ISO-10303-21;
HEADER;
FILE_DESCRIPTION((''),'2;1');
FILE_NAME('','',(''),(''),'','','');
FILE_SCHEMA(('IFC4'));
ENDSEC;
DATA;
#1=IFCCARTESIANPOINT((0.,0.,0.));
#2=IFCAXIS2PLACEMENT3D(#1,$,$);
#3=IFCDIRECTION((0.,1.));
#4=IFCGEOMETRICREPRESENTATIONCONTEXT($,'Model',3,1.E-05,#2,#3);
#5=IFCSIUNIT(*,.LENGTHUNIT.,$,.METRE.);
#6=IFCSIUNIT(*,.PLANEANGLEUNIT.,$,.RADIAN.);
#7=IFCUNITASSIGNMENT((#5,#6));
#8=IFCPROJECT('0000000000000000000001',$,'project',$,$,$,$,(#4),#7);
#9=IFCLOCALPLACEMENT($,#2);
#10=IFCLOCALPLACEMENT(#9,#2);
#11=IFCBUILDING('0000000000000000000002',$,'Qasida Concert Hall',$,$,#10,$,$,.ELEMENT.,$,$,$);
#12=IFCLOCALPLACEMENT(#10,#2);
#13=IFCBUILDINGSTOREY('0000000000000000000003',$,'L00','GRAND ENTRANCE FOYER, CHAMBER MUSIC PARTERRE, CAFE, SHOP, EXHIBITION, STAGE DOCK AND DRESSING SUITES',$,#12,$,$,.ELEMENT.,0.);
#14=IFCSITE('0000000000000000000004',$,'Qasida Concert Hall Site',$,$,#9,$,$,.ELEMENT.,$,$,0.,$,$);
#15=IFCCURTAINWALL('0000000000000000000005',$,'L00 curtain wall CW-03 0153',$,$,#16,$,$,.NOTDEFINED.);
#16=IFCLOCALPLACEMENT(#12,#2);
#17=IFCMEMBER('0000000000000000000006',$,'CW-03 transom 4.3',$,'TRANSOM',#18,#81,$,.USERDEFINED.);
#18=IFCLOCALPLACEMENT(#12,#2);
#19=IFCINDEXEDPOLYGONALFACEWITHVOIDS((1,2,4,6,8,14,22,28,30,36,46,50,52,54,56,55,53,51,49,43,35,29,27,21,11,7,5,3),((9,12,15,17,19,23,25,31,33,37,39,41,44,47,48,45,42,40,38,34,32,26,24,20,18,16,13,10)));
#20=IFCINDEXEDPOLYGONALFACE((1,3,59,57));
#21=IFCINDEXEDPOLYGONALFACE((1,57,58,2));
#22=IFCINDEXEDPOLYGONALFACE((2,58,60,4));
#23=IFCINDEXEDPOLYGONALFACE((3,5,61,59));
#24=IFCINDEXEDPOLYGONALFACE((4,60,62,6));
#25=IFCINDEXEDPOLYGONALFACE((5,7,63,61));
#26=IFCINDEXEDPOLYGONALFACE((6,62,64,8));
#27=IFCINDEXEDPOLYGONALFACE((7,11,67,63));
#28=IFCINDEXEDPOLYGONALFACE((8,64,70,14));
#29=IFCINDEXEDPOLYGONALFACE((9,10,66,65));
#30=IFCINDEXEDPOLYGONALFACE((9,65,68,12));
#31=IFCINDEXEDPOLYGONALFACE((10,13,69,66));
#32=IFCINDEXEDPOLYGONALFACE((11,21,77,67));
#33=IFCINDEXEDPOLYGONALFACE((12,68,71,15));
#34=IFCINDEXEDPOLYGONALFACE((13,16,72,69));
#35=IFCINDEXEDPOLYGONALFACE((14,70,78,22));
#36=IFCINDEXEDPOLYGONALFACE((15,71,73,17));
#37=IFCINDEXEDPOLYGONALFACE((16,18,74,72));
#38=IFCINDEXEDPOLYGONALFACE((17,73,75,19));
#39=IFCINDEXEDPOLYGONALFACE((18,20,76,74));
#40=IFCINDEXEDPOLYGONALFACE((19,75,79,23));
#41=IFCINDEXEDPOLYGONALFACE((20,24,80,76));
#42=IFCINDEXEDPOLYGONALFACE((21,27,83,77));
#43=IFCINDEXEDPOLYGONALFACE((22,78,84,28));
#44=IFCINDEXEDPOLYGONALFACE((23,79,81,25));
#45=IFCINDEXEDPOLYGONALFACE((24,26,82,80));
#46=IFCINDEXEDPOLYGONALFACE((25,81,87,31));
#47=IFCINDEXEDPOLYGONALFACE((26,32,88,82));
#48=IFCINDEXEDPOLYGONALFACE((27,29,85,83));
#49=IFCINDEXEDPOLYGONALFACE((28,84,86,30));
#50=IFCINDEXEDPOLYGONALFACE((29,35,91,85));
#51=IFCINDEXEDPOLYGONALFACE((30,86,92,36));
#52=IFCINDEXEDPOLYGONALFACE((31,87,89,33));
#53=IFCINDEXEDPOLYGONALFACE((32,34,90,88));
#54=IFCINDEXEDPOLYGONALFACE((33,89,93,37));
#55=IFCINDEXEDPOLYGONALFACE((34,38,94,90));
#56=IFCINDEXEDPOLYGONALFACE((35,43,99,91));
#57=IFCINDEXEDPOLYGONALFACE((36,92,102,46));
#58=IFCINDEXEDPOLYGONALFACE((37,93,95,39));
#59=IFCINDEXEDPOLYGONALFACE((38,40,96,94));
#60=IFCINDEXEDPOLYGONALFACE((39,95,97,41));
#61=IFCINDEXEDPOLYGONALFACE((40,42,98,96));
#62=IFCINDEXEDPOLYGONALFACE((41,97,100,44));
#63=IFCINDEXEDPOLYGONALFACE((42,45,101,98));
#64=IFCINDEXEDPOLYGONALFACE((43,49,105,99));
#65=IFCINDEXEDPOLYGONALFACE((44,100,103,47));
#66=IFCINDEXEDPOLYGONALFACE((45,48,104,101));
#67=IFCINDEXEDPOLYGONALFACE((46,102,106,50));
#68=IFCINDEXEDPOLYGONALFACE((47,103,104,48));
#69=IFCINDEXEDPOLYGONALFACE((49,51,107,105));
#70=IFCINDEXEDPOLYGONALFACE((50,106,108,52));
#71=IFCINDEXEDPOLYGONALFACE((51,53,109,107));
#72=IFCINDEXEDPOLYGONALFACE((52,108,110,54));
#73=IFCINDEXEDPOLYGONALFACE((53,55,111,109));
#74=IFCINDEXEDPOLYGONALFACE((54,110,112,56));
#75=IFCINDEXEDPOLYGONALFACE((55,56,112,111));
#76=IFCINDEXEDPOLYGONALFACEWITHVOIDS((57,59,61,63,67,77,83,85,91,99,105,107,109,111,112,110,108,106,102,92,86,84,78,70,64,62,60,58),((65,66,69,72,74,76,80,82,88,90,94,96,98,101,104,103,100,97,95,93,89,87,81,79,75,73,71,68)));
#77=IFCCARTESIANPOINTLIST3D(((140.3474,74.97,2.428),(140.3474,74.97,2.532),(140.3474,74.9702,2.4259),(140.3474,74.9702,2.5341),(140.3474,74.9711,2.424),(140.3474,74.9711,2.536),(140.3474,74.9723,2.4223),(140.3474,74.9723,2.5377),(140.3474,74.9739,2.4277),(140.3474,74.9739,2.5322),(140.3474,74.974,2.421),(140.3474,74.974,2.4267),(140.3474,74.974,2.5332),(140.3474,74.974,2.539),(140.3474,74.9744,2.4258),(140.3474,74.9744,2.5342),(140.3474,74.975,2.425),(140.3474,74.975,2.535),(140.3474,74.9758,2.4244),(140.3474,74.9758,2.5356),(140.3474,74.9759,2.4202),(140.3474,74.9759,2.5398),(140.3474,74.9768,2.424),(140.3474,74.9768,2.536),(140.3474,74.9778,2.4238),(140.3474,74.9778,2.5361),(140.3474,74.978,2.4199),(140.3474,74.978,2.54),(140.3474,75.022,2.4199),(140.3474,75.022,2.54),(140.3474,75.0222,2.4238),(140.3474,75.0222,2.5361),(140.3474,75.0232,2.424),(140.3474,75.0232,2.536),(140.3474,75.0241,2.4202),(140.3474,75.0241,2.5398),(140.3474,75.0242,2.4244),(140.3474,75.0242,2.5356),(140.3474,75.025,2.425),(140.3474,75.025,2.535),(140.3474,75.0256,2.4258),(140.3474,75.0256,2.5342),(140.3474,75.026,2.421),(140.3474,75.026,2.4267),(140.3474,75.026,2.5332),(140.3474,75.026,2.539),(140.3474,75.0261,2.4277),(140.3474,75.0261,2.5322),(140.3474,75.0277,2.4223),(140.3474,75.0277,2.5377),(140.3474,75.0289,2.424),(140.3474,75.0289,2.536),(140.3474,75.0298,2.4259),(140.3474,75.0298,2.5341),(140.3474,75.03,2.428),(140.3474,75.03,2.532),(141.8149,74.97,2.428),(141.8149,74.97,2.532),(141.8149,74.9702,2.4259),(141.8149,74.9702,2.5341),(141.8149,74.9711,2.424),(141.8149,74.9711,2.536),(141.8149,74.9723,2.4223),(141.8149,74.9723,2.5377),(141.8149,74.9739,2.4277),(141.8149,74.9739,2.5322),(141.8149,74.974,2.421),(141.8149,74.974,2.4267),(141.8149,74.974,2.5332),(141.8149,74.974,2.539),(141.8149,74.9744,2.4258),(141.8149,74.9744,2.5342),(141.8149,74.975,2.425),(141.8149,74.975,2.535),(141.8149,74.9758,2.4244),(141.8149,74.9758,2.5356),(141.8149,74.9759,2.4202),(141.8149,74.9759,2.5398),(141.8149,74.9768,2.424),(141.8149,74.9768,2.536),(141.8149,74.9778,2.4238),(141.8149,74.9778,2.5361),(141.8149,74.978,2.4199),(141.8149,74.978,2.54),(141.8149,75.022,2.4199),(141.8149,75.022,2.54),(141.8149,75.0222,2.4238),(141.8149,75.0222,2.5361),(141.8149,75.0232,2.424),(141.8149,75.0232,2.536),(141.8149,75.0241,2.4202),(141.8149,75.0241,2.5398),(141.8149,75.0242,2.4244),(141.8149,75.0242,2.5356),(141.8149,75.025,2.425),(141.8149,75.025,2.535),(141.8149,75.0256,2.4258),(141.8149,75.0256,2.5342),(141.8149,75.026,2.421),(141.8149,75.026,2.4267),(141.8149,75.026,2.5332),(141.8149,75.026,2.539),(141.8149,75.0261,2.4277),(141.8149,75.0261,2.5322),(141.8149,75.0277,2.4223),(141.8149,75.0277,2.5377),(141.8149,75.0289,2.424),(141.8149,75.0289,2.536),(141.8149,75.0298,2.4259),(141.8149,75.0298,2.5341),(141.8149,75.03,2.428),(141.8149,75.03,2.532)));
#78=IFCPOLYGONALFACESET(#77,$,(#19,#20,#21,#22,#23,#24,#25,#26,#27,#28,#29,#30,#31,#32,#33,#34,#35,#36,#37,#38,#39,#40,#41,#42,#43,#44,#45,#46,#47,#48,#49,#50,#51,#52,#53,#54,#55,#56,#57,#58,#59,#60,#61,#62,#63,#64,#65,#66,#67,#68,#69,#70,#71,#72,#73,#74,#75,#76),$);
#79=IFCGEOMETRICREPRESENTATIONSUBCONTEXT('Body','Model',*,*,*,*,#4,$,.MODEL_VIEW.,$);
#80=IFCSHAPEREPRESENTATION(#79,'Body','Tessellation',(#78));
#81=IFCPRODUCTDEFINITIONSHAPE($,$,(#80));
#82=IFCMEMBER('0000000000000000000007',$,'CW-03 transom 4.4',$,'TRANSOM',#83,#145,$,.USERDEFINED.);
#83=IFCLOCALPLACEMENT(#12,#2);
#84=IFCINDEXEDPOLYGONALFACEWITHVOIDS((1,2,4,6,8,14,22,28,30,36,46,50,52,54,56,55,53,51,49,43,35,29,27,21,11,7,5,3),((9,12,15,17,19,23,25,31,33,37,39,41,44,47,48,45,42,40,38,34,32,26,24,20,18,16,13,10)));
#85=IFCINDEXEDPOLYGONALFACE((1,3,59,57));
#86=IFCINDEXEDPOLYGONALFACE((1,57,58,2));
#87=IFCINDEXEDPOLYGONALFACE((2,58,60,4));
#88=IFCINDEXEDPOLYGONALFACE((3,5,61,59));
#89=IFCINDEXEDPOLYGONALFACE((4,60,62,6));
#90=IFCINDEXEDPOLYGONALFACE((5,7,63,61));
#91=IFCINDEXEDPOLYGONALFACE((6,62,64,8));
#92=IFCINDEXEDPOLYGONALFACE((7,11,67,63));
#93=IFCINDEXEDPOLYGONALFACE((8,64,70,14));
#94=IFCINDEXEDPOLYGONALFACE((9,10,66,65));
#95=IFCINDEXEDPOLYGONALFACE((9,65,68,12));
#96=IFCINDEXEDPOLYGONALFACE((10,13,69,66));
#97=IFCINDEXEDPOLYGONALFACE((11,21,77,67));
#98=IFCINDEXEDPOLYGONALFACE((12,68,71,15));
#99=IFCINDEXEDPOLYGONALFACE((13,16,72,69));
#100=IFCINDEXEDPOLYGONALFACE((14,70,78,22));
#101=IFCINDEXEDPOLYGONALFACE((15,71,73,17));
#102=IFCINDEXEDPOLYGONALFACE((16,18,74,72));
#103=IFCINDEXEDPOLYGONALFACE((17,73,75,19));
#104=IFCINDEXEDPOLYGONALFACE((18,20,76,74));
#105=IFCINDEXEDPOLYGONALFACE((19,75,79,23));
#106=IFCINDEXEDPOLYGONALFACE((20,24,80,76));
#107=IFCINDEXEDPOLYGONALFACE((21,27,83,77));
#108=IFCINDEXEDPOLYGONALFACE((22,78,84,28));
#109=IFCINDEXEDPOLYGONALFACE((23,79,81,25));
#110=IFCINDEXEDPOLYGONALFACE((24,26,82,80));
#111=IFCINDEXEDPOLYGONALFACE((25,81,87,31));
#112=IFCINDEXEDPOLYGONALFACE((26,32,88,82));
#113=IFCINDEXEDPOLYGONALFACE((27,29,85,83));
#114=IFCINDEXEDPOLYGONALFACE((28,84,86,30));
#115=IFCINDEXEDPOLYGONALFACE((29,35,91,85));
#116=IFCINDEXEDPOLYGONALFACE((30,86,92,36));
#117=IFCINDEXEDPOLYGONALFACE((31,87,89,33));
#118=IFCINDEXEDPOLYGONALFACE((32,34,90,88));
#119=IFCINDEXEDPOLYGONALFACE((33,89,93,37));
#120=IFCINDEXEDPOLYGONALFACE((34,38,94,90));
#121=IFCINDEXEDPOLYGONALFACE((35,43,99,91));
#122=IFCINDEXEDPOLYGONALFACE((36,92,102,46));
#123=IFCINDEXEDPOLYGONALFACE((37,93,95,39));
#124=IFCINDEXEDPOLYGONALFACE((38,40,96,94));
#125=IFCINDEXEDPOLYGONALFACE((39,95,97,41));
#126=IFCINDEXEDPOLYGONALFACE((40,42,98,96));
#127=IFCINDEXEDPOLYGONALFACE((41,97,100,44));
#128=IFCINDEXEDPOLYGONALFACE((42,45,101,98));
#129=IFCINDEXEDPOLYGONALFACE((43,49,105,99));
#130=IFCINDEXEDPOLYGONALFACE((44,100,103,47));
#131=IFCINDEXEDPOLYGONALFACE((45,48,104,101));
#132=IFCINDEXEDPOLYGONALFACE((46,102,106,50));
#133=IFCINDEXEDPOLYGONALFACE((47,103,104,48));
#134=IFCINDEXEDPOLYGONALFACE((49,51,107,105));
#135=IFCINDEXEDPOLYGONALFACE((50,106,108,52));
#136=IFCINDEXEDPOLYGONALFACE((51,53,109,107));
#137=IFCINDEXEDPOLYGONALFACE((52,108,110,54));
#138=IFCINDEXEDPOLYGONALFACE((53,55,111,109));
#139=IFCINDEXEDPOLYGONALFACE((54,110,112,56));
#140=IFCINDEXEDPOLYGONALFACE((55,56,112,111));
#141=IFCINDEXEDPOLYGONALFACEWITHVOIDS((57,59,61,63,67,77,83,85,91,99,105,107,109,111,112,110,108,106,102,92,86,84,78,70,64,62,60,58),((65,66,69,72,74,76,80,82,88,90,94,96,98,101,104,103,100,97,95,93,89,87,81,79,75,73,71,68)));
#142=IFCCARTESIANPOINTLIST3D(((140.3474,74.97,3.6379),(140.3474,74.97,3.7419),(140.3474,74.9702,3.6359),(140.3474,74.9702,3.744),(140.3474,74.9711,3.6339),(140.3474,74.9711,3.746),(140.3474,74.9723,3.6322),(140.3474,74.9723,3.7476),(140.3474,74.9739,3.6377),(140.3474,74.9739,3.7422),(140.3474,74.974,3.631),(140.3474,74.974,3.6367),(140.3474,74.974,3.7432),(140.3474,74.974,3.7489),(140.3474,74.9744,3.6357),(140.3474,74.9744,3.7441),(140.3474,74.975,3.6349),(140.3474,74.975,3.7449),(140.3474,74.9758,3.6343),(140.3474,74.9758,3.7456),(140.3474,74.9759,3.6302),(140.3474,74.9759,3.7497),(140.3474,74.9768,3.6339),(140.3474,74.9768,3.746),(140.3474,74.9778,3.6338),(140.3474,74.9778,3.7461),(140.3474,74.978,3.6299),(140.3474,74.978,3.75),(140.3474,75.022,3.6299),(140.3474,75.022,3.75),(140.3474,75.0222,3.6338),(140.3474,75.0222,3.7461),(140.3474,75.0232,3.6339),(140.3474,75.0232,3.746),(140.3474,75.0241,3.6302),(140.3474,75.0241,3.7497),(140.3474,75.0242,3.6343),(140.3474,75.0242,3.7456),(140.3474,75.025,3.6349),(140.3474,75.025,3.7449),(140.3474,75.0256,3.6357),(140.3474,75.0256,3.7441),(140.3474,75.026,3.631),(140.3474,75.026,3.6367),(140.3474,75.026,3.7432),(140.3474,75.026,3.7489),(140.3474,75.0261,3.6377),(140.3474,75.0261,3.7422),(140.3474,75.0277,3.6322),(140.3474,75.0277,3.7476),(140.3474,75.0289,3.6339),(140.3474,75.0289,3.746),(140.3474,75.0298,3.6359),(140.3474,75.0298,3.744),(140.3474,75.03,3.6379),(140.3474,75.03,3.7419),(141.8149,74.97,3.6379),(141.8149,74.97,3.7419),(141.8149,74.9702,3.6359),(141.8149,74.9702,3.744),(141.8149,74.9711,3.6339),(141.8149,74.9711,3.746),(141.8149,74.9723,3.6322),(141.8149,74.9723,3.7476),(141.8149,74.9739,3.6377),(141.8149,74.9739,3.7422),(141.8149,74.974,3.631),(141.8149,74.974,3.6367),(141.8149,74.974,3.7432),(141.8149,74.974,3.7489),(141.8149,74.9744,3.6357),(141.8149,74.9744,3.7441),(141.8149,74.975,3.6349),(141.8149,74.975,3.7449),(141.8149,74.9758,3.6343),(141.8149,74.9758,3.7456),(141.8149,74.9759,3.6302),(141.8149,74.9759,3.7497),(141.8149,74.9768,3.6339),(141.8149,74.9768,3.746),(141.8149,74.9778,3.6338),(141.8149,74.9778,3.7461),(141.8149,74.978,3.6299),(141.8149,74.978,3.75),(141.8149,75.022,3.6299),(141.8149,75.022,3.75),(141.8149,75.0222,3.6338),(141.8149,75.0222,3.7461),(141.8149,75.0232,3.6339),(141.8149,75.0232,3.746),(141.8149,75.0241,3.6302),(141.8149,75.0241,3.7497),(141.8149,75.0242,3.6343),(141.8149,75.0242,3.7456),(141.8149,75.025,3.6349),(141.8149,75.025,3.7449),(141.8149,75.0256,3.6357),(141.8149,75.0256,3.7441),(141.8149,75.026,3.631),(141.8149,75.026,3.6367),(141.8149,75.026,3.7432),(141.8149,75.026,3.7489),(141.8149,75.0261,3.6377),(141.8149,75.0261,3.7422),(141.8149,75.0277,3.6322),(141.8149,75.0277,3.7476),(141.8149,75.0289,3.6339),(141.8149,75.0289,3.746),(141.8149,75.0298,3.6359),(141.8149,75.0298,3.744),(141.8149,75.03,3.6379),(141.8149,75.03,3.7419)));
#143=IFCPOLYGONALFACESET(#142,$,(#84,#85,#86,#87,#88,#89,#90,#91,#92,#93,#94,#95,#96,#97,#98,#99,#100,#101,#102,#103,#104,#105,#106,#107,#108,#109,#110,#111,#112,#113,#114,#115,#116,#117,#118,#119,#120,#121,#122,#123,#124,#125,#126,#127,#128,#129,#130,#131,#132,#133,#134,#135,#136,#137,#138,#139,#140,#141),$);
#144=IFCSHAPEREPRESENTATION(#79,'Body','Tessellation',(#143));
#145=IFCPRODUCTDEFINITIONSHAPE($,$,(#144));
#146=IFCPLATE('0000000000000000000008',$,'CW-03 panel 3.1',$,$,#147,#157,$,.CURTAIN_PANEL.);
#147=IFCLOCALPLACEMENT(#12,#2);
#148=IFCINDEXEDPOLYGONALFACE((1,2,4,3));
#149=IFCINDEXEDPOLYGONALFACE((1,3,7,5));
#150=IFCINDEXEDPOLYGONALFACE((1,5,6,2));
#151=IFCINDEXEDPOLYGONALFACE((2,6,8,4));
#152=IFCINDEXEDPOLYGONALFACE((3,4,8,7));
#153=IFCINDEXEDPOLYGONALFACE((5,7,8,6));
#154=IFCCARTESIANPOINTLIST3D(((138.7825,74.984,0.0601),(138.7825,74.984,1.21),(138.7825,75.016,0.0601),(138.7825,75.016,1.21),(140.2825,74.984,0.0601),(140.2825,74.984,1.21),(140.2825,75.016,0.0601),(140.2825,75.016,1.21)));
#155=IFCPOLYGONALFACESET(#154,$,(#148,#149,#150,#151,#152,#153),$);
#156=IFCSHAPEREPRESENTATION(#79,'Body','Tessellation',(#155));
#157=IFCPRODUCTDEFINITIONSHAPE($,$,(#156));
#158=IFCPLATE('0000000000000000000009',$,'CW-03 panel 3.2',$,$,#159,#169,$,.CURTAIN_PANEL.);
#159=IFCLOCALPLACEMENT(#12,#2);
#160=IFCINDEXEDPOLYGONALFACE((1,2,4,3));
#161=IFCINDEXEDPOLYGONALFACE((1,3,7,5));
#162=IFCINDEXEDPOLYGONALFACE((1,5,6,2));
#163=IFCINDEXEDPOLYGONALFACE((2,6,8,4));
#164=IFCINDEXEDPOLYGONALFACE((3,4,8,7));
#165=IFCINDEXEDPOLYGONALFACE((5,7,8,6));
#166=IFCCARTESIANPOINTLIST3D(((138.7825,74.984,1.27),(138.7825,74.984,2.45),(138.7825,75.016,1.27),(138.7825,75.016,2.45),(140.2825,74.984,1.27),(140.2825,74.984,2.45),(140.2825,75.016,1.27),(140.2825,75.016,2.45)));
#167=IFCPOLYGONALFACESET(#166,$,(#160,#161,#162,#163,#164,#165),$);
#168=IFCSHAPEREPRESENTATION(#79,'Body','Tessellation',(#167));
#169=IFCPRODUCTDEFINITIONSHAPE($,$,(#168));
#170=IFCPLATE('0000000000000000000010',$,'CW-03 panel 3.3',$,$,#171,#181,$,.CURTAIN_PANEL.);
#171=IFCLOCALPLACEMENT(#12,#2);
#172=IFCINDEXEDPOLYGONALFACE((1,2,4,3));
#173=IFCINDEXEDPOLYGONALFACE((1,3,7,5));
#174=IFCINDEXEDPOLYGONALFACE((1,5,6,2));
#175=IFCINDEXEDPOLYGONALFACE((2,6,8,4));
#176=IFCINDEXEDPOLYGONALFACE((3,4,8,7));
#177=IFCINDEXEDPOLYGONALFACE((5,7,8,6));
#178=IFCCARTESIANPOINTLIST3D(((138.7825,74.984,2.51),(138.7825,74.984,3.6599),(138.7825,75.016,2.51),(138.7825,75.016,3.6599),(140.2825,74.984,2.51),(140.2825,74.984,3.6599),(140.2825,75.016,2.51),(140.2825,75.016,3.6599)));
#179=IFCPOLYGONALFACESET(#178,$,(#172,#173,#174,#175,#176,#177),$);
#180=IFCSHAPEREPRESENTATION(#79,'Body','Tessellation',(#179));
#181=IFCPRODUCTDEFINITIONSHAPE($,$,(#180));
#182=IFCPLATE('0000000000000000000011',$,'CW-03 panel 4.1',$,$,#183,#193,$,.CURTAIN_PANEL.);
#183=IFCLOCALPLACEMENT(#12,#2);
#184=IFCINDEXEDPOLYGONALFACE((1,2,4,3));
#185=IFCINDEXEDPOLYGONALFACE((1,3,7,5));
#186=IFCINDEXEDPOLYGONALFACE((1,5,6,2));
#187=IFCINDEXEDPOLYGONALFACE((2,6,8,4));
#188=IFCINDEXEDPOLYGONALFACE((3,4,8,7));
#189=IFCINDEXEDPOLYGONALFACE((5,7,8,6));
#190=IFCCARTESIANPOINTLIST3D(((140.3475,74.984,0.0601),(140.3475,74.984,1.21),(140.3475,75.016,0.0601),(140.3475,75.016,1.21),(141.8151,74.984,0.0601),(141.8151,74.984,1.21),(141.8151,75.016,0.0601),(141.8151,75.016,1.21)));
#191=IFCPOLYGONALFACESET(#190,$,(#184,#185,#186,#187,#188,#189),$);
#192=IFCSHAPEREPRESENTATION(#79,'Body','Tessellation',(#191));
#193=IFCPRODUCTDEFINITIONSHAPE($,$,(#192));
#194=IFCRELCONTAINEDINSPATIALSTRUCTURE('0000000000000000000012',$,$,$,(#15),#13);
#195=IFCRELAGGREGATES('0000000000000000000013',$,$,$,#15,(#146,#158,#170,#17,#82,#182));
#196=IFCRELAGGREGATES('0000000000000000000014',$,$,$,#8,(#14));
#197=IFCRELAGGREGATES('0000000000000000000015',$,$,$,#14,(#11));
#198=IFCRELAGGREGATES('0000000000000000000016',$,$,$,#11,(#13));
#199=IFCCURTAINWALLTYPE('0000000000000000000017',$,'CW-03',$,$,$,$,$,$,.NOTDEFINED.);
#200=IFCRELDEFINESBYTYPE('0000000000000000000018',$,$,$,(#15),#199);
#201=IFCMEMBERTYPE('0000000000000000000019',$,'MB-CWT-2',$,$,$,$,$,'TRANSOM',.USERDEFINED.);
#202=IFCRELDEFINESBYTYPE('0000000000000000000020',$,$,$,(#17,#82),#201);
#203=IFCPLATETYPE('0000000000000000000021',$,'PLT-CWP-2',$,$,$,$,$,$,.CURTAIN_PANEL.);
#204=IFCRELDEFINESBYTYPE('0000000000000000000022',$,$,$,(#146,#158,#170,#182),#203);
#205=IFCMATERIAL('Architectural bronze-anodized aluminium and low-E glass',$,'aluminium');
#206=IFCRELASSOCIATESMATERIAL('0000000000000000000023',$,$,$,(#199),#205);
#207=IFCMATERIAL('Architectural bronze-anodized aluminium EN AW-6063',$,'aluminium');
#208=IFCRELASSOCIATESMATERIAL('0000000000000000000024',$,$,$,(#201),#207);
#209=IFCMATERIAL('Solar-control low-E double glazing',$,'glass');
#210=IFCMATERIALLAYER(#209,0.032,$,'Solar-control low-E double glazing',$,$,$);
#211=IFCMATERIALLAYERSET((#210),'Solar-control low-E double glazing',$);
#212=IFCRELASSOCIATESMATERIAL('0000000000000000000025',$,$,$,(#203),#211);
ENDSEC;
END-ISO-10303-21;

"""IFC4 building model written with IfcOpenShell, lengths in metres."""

from ifc_helpers import new_model, si_unit, direction, frame, origin, origin_2d, place, context, subcontext, project, spatial, rectangle, hollow_rectangle, extrude, material, layer, layer_set, material_profile, profile_set, type_object, element, aggregate, save


model = new_model("IFC4")

# Units and contexts
model_context = context("Model", 3, precision=1e-05, world=origin(), true_north=direction((0.0, 1.0)))
body_context = subcontext(model_context, "Body", "Model", "MODEL_VIEW")
ifc_project = project(units=[si_unit("LENGTHUNIT", "METRE"), si_unit("PLANEANGLEUNIT", "RADIAN")], contexts=[model_context])

# Site, building, storey
site_placement = place(None, origin())
site = spatial("IfcSite", under=ifc_project, at=site_placement, Name="Qasida Concert Hall Site", CompositionType="ELEMENT", RefElevation=0.0)
building_placement = place(site_placement, origin())
building = spatial("IfcBuilding", under=site, at=building_placement, Name="Qasida Concert Hall", CompositionType="ELEMENT")
storey_placement = place(building_placement, origin())
storey = spatial("IfcBuildingStorey", under=building, at=storey_placement, Name="L00", Description="GRAND ENTRANCE FOYER, CHAMBER MUSIC PARTERRE, CAFE, SHOP, EXHIBITION, STAGE DOCK AND DRESSING SUITES", CompositionType="ELEMENT", Elevation=0.0)

# Curtain wall
ifc_material_1 = material(Name="Architectural bronze-anodized aluminium and low-E glass", Category="aluminium")
curtain_wall_type = type_object("IfcCurtainWallType", Name="CW-03", PredefinedType="NOTDEFINED", material=ifc_material_1)
curtain_wall_1_placement = place(storey_placement, origin())
curtain_wall_1 = element("IfcCurtainWall", 1, at=curtain_wall_1_placement, inside=storey, type_object=curtain_wall_type, Name="L00 curtain wall CW-03 0153", PredefinedType="NOTDEFINED")
ifc_material_2 = material(Name="Architectural bronze-anodized aluminium EN AW-6063", Category="aluminium")

# Members
ifc_material_profile_1 = material_profile(ifc_material_2, hollow_rectangle(XDim=0.0601, YDim=0.1201, WallThickness=0.0039, InnerFilletRadius=0.0039, OuterFilletRadius=0.0081, at=origin_2d()), Name="CWT 120x60x4")
ifc_profile_set_1 = profile_set([ifc_material_profile_1], Name="Architectural bronze-anodized aluminium EN AW-6063")
member_type_1 = type_object("IfcMemberType", Name="MB-CWT-2", ElementType="TRANSOM", PredefinedType="USERDEFINED", material=ifc_profile_set_1)
member_1_placement = place(storey_placement, frame((140.3474, 75.0, 2.48), z_axis=(1.0, 0.0, 0.0), x_axis=(0.0, 1.0, 0.0)))
member_1 = element("IfcMember", 2, at=member_1_placement, type_object=member_type_1, Name="CW-03 transom 4.3", ObjectType="TRANSOM", PredefinedType="USERDEFINED", context=body_context, shape_type="SweptSolid", body=[
    extrude(hollow_rectangle(XDim=0.0601, YDim=0.1201, WallThickness=0.0039, InnerFilletRadius=0.0039, OuterFilletRadius=0.0081, at=origin_2d()), origin(), (0.0, 0.0, 1.0), 1.4675),
])
member_2_placement = place(storey_placement, frame((140.3474, 75.0, 3.6899), z_axis=(1.0, 0.0, 0.0), x_axis=(0.0, 1.0, 0.0)))
member_2 = element("IfcMember", 3, at=member_2_placement, type_object=member_type_1, Name="CW-03 transom 4.4", ObjectType="TRANSOM", PredefinedType="USERDEFINED", context=body_context, shape_type="SweptSolid", body=[
    extrude(hollow_rectangle(XDim=0.0601, YDim=0.1201, WallThickness=0.0039, InnerFilletRadius=0.0039, OuterFilletRadius=0.0081, at=origin_2d()), origin(), (0.0, 0.0, 1.0), 1.4675),
])

# Plates
ifc_material_3 = material(Name="Solar-control low-E double glazing", Category="glass")
ifc_layer_1 = layer(ifc_material_3, 0.032, Name="Solar-control low-E double glazing")
ifc_layer_set_1 = layer_set([ifc_layer_1], Name="Solar-control low-E double glazing")
plate_type = type_object("IfcPlateType", Name="PLT-CWP-2", PredefinedType="CURTAIN_PANEL", material=ifc_layer_set_1)
plate_1_placement = place(storey_placement, frame((139.5325, 75.0, 0.0601), z_axis=(0.0, 0.0, 1.0), x_axis=(1.0, 0.0, 0.0)))
plate_1 = element("IfcPlate", 4, at=plate_1_placement, type_object=plate_type, Name="CW-03 panel 3.1", PredefinedType="CURTAIN_PANEL", context=body_context, shape_type="SweptSolid", body=[
    extrude(rectangle(XDim=1.5, YDim=0.032, at=origin_2d()), origin(), (0.0, 0.0, 1.0), 1.1499),
])
plate_2_placement = place(storey_placement, frame((139.5325, 75.0, 1.27), z_axis=(0.0, 0.0, 1.0), x_axis=(1.0, 0.0, 0.0)))
plate_2 = element("IfcPlate", 5, at=plate_2_placement, type_object=plate_type, Name="CW-03 panel 3.2", PredefinedType="CURTAIN_PANEL", context=body_context, shape_type="SweptSolid", body=[
    extrude(rectangle(XDim=1.5, YDim=0.032, at=origin_2d()), origin(), (0.0, 0.0, 1.0), 1.1799),
])
plate_3_placement = place(storey_placement, frame((139.5325, 75.0, 2.51), z_axis=(0.0, 0.0, 1.0), x_axis=(1.0, 0.0, 0.0)))
plate_3 = element("IfcPlate", 6, at=plate_3_placement, type_object=plate_type, Name="CW-03 panel 3.3", PredefinedType="CURTAIN_PANEL", context=body_context, shape_type="SweptSolid", body=[
    extrude(rectangle(XDim=1.5, YDim=0.032, at=origin_2d()), origin(), (0.0, 0.0, 1.0), 1.1499),
])
plate_4_placement = place(storey_placement, frame((141.0813, 75.0, 0.0601), z_axis=(0.0, 0.0, 1.0), x_axis=(1.0, 0.0, 0.0)))
plate_4 = element("IfcPlate", 7, at=plate_4_placement, type_object=plate_type, Name="CW-03 panel 4.1", PredefinedType="CURTAIN_PANEL", context=body_context, shape_type="SweptSolid", body=[
    extrude(rectangle(XDim=1.4675, YDim=0.032, at=origin_2d()), origin(), (0.0, 0.0, 1.0), 1.1499),
])
aggregate(curtain_wall_1, [plate_1, plate_2, plate_3, member_1, member_2, plate_4])

save(model, "model.ifc")
